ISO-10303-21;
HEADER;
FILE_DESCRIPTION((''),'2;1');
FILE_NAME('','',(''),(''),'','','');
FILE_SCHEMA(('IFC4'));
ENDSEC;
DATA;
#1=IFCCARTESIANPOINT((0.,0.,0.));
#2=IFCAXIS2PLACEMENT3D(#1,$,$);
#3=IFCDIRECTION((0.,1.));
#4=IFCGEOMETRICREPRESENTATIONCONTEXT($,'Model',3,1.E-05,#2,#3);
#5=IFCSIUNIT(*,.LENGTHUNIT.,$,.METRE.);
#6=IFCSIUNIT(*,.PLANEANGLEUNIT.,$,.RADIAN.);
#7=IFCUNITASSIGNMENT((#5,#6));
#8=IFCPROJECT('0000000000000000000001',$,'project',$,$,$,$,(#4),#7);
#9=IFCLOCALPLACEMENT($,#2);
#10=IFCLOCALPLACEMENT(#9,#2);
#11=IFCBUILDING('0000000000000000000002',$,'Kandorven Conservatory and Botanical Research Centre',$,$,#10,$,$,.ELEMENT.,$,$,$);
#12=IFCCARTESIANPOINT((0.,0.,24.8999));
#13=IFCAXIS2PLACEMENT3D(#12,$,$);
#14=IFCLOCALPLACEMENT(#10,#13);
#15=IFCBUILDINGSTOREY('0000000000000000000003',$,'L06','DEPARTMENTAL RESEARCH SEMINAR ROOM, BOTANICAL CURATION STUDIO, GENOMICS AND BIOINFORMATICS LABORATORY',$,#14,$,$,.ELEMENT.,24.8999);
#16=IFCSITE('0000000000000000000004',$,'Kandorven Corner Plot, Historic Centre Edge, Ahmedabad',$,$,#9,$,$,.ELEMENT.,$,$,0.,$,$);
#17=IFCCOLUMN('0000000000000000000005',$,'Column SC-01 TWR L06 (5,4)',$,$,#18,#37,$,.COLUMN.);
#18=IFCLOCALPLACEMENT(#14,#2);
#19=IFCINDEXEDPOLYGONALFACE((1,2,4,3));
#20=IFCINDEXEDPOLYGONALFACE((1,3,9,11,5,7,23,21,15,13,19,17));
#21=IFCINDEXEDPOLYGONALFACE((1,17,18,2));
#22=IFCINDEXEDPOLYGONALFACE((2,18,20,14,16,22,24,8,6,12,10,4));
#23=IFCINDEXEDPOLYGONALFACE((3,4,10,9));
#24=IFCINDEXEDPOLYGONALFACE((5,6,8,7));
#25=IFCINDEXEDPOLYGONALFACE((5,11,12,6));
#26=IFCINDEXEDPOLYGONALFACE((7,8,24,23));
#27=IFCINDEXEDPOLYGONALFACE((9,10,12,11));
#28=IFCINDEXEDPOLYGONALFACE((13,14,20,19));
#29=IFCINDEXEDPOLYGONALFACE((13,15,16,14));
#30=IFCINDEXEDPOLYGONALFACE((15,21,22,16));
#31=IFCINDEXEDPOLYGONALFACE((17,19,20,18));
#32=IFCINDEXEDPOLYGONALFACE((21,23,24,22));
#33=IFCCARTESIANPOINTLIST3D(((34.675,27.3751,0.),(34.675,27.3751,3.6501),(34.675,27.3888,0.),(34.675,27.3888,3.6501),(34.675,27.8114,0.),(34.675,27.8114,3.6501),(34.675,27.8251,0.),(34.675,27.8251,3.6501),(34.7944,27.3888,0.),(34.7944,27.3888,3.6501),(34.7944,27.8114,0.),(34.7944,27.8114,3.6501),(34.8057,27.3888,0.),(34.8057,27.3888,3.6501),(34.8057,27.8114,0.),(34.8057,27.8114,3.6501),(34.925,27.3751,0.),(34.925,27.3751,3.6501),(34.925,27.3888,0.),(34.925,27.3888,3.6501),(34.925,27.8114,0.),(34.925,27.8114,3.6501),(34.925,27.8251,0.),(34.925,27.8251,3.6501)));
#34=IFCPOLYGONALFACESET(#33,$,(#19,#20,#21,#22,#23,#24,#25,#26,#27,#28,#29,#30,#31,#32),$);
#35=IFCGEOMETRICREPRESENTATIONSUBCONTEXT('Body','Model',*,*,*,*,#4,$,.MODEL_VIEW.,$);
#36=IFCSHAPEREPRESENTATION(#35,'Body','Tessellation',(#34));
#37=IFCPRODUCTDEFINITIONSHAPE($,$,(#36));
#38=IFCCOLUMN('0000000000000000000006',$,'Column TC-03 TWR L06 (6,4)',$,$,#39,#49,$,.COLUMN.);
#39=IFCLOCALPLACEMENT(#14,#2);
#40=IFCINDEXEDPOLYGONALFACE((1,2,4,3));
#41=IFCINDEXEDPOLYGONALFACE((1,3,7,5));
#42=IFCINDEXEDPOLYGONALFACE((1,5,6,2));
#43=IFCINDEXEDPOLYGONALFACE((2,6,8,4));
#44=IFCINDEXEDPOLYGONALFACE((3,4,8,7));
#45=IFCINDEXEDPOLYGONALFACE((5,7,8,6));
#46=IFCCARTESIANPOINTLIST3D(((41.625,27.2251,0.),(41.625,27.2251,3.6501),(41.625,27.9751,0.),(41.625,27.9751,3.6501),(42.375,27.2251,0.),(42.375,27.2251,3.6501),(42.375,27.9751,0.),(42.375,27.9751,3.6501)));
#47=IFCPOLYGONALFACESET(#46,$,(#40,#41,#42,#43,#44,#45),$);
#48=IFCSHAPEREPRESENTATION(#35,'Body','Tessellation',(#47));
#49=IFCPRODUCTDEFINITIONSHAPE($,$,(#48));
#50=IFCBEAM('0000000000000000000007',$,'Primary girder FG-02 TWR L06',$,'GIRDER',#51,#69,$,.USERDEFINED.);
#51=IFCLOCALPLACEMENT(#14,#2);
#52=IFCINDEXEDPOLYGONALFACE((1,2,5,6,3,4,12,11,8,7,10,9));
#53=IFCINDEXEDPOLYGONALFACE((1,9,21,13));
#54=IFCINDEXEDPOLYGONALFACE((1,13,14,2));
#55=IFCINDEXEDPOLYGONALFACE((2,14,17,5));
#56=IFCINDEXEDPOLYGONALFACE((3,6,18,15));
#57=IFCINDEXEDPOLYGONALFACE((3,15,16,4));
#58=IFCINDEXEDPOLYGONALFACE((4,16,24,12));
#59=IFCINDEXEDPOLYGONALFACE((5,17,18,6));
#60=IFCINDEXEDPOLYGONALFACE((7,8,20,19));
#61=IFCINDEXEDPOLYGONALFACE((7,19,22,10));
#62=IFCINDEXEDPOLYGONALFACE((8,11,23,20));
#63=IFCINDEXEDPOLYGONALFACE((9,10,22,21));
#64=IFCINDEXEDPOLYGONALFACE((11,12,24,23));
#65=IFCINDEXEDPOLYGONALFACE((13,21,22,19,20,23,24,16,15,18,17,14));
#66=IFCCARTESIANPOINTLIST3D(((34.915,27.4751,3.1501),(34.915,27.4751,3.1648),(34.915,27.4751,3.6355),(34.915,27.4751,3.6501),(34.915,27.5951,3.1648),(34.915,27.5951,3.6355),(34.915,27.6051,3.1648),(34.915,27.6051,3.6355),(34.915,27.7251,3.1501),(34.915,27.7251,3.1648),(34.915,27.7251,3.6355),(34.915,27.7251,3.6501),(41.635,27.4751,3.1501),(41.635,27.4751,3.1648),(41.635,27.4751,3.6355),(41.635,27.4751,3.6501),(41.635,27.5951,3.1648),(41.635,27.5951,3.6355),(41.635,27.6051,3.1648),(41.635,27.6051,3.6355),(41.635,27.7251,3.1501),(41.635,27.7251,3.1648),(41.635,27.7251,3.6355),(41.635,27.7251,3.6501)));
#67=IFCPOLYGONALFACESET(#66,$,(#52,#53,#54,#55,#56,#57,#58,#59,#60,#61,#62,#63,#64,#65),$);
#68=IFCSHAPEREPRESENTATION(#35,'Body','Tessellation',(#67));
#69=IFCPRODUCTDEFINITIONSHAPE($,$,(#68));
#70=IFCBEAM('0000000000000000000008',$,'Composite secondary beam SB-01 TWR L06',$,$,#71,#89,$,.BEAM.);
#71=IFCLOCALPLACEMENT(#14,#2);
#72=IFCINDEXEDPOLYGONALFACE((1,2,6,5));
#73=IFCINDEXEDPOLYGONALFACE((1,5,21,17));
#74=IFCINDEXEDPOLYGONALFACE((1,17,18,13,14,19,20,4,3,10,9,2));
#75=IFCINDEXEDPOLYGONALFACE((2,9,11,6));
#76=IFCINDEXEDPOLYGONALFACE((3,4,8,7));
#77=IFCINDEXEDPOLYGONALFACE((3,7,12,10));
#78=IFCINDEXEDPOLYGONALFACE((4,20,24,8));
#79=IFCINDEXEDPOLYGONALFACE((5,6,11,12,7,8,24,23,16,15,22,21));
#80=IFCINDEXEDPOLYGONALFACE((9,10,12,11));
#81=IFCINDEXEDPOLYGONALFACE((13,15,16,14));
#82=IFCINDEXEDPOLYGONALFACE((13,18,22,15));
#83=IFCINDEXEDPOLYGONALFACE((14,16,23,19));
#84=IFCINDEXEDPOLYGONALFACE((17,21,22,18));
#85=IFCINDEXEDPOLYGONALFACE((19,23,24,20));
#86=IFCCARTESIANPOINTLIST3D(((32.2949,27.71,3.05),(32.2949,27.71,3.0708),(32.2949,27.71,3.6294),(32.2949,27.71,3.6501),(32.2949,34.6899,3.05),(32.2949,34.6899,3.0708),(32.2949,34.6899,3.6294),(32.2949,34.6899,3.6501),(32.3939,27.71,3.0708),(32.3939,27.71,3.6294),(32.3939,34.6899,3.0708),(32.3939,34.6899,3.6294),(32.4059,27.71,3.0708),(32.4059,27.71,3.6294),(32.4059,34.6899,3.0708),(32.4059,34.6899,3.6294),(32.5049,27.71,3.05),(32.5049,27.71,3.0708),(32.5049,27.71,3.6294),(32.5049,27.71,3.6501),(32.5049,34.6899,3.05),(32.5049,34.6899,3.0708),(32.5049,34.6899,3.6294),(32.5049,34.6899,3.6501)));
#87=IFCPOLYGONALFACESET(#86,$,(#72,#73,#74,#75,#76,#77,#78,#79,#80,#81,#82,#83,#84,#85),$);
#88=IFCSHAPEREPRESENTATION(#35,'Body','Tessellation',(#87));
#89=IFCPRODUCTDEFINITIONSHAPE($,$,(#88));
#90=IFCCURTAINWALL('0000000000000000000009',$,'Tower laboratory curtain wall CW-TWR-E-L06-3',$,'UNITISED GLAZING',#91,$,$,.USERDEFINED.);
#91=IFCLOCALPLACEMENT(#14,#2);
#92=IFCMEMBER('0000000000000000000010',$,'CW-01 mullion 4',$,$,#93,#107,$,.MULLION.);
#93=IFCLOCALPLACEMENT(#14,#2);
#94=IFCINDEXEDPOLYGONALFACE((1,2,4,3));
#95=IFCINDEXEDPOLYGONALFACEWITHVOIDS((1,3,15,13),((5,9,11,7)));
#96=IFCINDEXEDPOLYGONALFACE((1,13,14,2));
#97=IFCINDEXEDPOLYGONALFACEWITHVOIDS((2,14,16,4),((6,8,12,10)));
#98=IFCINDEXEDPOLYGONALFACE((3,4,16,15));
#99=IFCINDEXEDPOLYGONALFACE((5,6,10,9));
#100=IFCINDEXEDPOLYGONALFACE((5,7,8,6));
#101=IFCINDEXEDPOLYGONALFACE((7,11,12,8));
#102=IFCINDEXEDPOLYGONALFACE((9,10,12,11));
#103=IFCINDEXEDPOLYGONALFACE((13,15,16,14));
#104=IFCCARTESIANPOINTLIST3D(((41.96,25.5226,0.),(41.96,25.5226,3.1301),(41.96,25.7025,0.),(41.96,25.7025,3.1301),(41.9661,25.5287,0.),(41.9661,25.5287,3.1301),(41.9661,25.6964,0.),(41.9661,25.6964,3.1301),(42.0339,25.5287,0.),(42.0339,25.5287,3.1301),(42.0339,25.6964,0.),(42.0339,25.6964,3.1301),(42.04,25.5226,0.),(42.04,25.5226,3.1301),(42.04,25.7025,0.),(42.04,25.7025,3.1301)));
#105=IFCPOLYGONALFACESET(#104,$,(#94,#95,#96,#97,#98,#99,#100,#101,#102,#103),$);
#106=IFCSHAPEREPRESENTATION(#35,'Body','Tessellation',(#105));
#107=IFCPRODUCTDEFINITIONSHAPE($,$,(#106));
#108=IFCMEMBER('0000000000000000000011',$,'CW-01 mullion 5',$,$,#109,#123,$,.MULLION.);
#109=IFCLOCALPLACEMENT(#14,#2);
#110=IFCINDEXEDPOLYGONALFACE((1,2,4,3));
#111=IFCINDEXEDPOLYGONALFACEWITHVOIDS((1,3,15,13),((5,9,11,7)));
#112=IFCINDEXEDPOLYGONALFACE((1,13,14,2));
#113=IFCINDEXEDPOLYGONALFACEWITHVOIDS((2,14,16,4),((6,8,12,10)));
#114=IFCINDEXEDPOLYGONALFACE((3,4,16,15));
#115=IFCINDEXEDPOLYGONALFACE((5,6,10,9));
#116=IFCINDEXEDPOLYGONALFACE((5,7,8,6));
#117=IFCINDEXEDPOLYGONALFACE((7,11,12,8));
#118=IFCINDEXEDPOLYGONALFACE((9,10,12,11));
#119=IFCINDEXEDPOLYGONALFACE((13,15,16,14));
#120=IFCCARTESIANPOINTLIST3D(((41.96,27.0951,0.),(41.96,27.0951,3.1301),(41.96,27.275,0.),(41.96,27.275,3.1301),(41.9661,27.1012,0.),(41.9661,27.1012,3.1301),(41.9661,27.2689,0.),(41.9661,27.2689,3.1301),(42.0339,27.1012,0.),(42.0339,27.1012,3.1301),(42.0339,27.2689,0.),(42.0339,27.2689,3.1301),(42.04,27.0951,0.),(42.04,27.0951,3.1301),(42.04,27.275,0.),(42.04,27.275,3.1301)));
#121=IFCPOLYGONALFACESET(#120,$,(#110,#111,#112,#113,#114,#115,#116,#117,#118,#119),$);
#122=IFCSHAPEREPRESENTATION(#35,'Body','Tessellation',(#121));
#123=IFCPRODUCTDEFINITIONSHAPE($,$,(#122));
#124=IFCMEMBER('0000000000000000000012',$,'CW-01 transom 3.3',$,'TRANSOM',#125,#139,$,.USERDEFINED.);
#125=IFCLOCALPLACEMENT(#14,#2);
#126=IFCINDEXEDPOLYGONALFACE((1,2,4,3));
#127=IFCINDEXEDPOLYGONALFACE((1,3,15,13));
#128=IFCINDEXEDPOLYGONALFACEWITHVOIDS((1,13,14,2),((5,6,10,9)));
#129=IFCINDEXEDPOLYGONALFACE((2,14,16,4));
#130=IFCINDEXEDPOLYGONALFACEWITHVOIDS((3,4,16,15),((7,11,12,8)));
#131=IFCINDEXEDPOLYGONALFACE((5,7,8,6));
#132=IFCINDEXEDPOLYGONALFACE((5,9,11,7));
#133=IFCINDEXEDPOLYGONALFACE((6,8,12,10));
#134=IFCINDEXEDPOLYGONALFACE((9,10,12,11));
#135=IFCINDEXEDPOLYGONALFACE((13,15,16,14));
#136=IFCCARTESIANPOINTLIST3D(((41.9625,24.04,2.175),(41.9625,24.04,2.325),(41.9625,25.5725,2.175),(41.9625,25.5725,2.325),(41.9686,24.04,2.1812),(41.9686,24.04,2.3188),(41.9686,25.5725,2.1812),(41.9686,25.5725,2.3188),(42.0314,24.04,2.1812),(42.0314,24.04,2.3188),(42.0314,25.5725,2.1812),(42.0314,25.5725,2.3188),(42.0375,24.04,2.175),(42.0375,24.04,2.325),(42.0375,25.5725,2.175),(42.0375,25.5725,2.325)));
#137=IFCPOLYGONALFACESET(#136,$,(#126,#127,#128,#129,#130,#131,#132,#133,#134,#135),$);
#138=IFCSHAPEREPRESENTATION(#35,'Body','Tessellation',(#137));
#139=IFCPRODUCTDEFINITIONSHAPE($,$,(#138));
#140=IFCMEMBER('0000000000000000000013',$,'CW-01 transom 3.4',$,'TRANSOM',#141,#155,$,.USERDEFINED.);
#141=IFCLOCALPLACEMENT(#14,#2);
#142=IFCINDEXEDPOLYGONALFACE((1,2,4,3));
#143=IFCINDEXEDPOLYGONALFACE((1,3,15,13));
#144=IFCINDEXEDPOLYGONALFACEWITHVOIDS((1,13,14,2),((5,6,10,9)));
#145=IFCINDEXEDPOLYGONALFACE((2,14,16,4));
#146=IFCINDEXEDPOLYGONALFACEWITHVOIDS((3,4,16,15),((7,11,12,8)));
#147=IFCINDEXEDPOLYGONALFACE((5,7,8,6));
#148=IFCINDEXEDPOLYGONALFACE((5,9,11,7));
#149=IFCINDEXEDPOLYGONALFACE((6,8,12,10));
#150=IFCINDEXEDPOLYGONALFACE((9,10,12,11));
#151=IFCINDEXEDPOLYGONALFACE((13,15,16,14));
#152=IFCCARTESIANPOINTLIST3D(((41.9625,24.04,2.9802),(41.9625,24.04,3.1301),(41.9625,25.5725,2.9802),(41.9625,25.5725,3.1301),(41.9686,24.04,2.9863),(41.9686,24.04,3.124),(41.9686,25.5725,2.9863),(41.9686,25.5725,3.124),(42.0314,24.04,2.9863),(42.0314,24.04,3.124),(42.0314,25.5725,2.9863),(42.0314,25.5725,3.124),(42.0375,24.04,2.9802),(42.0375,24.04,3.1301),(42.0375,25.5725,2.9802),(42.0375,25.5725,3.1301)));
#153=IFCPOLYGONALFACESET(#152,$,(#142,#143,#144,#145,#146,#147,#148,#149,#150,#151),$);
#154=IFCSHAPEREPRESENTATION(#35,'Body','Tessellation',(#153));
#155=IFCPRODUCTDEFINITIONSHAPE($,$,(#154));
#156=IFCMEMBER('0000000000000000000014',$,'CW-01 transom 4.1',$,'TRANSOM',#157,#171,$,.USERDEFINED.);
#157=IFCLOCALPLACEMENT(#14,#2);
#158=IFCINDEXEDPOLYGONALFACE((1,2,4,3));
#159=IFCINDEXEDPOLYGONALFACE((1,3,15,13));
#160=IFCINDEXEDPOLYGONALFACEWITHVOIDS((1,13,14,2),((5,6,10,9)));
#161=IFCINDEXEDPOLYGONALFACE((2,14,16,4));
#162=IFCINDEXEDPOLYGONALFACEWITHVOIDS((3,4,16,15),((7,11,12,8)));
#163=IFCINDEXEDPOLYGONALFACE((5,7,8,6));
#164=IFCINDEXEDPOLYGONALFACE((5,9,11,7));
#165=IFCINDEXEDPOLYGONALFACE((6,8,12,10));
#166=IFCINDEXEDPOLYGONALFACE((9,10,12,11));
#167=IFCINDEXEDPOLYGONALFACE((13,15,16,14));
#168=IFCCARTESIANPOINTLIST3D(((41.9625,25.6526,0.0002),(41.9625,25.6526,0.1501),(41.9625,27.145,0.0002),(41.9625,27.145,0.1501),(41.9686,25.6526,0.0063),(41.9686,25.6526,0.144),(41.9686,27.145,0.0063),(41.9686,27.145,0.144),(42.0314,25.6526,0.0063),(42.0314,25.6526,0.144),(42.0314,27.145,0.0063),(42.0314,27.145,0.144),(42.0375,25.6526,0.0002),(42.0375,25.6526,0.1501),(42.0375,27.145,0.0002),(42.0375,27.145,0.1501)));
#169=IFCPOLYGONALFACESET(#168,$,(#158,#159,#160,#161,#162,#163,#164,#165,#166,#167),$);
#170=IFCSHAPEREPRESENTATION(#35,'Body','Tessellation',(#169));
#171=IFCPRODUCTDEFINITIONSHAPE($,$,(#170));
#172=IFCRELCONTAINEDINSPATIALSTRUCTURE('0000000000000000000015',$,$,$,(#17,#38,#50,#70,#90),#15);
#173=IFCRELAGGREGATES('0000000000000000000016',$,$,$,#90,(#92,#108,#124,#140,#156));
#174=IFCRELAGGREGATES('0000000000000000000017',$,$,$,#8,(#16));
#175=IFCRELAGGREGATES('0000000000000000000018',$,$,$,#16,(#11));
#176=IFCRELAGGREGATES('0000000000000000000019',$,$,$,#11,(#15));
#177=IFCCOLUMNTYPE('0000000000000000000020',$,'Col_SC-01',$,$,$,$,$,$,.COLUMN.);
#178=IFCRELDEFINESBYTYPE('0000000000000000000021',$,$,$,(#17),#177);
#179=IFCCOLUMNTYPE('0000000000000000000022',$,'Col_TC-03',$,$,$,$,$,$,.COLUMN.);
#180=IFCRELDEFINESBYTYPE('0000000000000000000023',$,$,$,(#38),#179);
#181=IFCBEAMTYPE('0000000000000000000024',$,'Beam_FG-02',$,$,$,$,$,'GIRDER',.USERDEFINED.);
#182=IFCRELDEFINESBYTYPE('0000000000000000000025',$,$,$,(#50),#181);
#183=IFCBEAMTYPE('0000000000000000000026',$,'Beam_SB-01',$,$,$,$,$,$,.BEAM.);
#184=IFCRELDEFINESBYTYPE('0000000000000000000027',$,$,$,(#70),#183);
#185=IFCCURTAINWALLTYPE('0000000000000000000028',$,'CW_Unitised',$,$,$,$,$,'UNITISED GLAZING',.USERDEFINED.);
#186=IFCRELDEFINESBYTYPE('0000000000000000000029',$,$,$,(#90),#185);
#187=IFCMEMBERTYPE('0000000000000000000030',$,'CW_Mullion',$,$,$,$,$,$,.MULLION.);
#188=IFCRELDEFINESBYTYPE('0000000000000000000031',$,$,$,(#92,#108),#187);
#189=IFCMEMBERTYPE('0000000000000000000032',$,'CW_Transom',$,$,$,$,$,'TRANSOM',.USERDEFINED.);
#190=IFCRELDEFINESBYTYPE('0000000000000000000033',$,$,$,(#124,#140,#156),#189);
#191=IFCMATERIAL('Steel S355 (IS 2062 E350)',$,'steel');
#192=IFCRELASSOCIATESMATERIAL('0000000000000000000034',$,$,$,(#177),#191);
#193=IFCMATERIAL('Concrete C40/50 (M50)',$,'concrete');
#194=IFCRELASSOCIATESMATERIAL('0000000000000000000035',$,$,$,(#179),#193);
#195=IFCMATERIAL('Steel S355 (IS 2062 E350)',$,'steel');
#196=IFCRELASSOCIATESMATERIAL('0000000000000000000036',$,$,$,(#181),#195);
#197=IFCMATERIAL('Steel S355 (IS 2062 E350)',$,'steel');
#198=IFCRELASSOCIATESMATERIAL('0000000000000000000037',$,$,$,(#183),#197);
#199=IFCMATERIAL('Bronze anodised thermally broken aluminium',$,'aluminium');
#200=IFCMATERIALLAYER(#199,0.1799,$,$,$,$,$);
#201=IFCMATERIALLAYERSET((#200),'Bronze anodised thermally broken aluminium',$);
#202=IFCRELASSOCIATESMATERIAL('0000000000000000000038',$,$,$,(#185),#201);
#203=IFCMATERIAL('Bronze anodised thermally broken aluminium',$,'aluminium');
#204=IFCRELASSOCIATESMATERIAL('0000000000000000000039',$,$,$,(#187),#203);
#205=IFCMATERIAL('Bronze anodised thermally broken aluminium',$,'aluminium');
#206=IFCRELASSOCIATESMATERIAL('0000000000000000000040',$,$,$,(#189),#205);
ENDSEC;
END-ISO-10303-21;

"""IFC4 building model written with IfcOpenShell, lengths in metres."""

from ifc_helpers import new_model, si_unit, direction, frame, origin, origin_2d, place, context, subcontext, project, spatial, rectangle, hollow_rectangle, i_section, extrude, material, layer, layer_set, material_profile, profile_set, type_object, element, aggregate, save


model = new_model("IFC4")

# Units and contexts
model_context = context("Model", 3, precision=1e-05, world=origin(), true_north=direction((0.0, 1.0)))
body_context = subcontext(model_context, "Body", "Model", "MODEL_VIEW")
ifc_project = project(units=[si_unit("LENGTHUNIT", "METRE"), si_unit("PLANEANGLEUNIT", "RADIAN")], contexts=[model_context])

# Site, building, storey
site_placement = place(None, origin())
site = spatial("IfcSite", under=ifc_project, at=site_placement, Name="Kandorven Corner Plot, Historic Centre Edge, Ahmedabad", CompositionType="ELEMENT", RefElevation=0.0)
building_placement = place(site_placement, origin())
building = spatial("IfcBuilding", under=site, at=building_placement, Name="Kandorven Conservatory and Botanical Research Centre", CompositionType="ELEMENT")
storey_placement = place(building_placement, frame((0.0, 0.0, 24.8999)))
storey = spatial("IfcBuildingStorey", under=building, at=storey_placement, Name="L06", Description="DEPARTMENTAL RESEARCH SEMINAR ROOM, BOTANICAL CURATION STUDIO, GENOMICS AND BIOINFORMATICS LABORATORY", CompositionType="ELEMENT", Elevation=24.8999)

# Columns
ifc_material_1 = material(Name="Steel S355 (IS 2062 E350)", Category="steel")
ifc_material_profile_1 = material_profile(ifc_material_1, i_section(OverallWidth=0.25, OverallDepth=0.45, WebThickness=0.0112, FlangeThickness=0.0137, at=origin_2d()))
ifc_profile_set_1 = profile_set([ifc_material_profile_1], Name="Steel S355 (IS 2062 E350)")
column_type_1 = type_object("IfcColumnType", Name="Col_SC-01", PredefinedType="COLUMN", material=ifc_profile_set_1)
column_1_placement = place(storey_placement, frame((34.8, 27.6001, 0.0), z_axis=(0.0, 0.0, 1.0), x_axis=(1.0, 0.0, 0.0)))
element("IfcColumn", 1, at=column_1_placement, inside=storey, type_object=column_type_1, Name="Column SC-01 TWR L06 (5,4)", PredefinedType="COLUMN", context=body_context, shape_type="SweptSolid", body=[
    extrude(i_section(OverallWidth=0.25, OverallDepth=0.45, WebThickness=0.0112, FlangeThickness=0.0137, at=origin_2d()), origin(), (0.0, 0.0, 1.0), 3.6501),
])
ifc_material_2 = material(Name="Concrete C40/50 (M50)", Category="concrete")
ifc_material_profile_2 = material_profile(ifc_material_2, rectangle(XDim=0.75, YDim=0.75, at=origin_2d()))
ifc_profile_set_2 = profile_set([ifc_material_profile_2], Name="Concrete C40/50 (M50)")
column_type_2 = type_object("IfcColumnType", Name="Col_TC-03", PredefinedType="COLUMN", material=ifc_profile_set_2)
column_2_placement = place(storey_placement, frame((42.0, 27.6001, 0.0), z_axis=(0.0, 0.0, 1.0), x_axis=(1.0, 0.0, 0.0)))
element("IfcColumn", 2, at=column_2_placement, inside=storey, type_object=column_type_2, Name="Column TC-03 TWR L06 (6,4)", PredefinedType="COLUMN", context=body_context, shape_type="SweptSolid", body=[
    extrude(rectangle(XDim=0.75, YDim=0.75, at=origin_2d()), origin(), (0.0, 0.0, 1.0), 3.6501),
])

# Beams
ifc_material_3 = material(Name="Steel S355 (IS 2062 E350)", Category="steel")
ifc_material_profile_3 = material_profile(ifc_material_3, i_section(OverallWidth=0.25, OverallDepth=0.5, WebThickness=0.01, FlangeThickness=0.0146, at=origin_2d()))
ifc_profile_set_3 = profile_set([ifc_material_profile_3], Name="Steel S355 (IS 2062 E350)")
beam_type_1 = type_object("IfcBeamType", Name="Beam_FG-02", ElementType="GIRDER", PredefinedType="USERDEFINED", material=ifc_profile_set_3)
beam_1_placement = place(storey_placement, frame((34.915, 27.6001, 3.4001), z_axis=(1.0, 0.0, 0.0), x_axis=(0.0, 1.0, 0.0)))
element("IfcBeam", 3, at=beam_1_placement, inside=storey, type_object=beam_type_1, Name="Primary girder FG-02 TWR L06", ObjectType="GIRDER", PredefinedType="USERDEFINED", context=body_context, shape_type="SweptSolid", body=[
    extrude(i_section(OverallWidth=0.25, OverallDepth=0.5, WebThickness=0.01, FlangeThickness=0.0146, at=origin_2d()), origin(), (0.0, 0.0, 1.0), 6.72),
])
ifc_material_4 = material(Name="Steel S355 (IS 2062 E350)", Category="steel")
ifc_material_profile_4 = material_profile(ifc_material_4, i_section(OverallWidth=0.21, OverallDepth=0.6001, WebThickness=0.012, FlangeThickness=0.0208, at=origin_2d()))
ifc_profile_set_4 = profile_set([ifc_material_profile_4], Name="Steel S355 (IS 2062 E350)")
beam_type_2 = type_object("IfcBeamType", Name="Beam_SB-01", PredefinedType="BEAM", material=ifc_profile_set_4)
beam_2_placement = place(storey_placement, frame((32.3999, 27.71, 3.3501), z_axis=(0.0, 1.0, 0.0), x_axis=(-1.0, 0.0, 0.0)))
element("IfcBeam", 4, at=beam_2_placement, inside=storey, type_object=beam_type_2, Name="Composite secondary beam SB-01 TWR L06", PredefinedType="BEAM", context=body_context, shape_type="SweptSolid", body=[
    extrude(i_section(OverallWidth=0.21, OverallDepth=0.6001, WebThickness=0.012, FlangeThickness=0.0208, at=origin_2d()), origin(), (0.0, 0.0, 1.0), 6.98),
])

# Curtain wall, members
ifc_material_5 = material(Name="Bronze anodised thermally broken aluminium", Category="aluminium")
ifc_layer_1 = layer(ifc_material_5, 0.1799)
ifc_layer_set_1 = layer_set([ifc_layer_1], Name="Bronze anodised thermally broken aluminium")
curtain_wall_type = type_object("IfcCurtainWallType", Name="CW_Unitised", ElementType="UNITISED GLAZING", PredefinedType="USERDEFINED", material=ifc_layer_set_1)
curtain_wall_placement = place(storey_placement, origin())
curtain_wall = element("IfcCurtainWall", 5, at=curtain_wall_placement, inside=storey, type_object=curtain_wall_type, Name="Tower laboratory curtain wall CW-TWR-E-L06-3", ObjectType="UNITISED GLAZING", PredefinedType="USERDEFINED")
ifc_material_6 = material(Name="Bronze anodised thermally broken aluminium", Category="aluminium")
ifc_material_profile_5 = material_profile(ifc_material_6, hollow_rectangle(XDim=0.0801, YDim=0.1799, WallThickness=0.0061, at=origin_2d()))
ifc_profile_set_5 = profile_set([ifc_material_profile_5], Name="Bronze anodised thermally broken aluminium")
member_type_1 = type_object("IfcMemberType", Name="CW_Mullion", PredefinedType="MULLION", material=ifc_profile_set_5)
member_1_placement = place(storey_placement, frame((42.0, 25.6125, 0.0), z_axis=(0.0, 0.0, 1.0), x_axis=(-1.0, 0.0, 0.0)))
member_1 = element("IfcMember", 6, at=member_1_placement, type_object=member_type_1, Name="CW-01 mullion 4", PredefinedType="MULLION", context=body_context, shape_type="SweptSolid", body=[
    extrude(hollow_rectangle(XDim=0.0801, YDim=0.1799, WallThickness=0.0061, at=origin_2d()), origin(), (0.0, 0.0, 1.0), 3.1301),
])
member_2_placement = place(storey_placement, frame((42.0, 27.1851, 0.0), z_axis=(0.0, 0.0, 1.0), x_axis=(-1.0, 0.0, 0.0)))
member_2 = element("IfcMember", 7, at=member_2_placement, type_object=member_type_1, Name="CW-01 mullion 5", PredefinedType="MULLION", context=body_context, shape_type="SweptSolid", body=[
    extrude(hollow_rectangle(XDim=0.0801, YDim=0.1799, WallThickness=0.0061, at=origin_2d()), origin(), (0.0, 0.0, 1.0), 3.1301),
])
ifc_material_7 = material(Name="Bronze anodised thermally broken aluminium", Category="aluminium")
ifc_material_profile_6 = material_profile(ifc_material_7, hollow_rectangle(XDim=0.075, YDim=0.1499, WallThickness=0.0061, at=origin_2d()))
ifc_profile_set_6 = profile_set([ifc_material_profile_6], Name="Bronze anodised thermally broken aluminium")
member_type_2 = type_object("IfcMemberType", Name="CW_Transom", ElementType="TRANSOM", PredefinedType="USERDEFINED", material=ifc_profile_set_6)
member_3_placement = place(storey_placement, frame((42.0, 24.04, 2.25), z_axis=(0.0, 1.0, 0.0), x_axis=(-1.0, 0.0, 0.0)))
member_3 = element("IfcMember", 8, at=member_3_placement, type_object=member_type_2, Name="CW-01 transom 3.3", ObjectType="TRANSOM", PredefinedType="USERDEFINED", context=body_context, shape_type="SweptSolid", body=[
    extrude(hollow_rectangle(XDim=0.075, YDim=0.1499, WallThickness=0.0061, at=origin_2d()), origin(), (0.0, 0.0, 1.0), 1.5325),
])
member_4_placement = place(storey_placement, frame((42.0, 24.04, 3.0552), z_axis=(0.0, 1.0, 0.0), x_axis=(-1.0, 0.0, 0.0)))
member_4 = element("IfcMember", 9, at=member_4_placement, type_object=member_type_2, Name="CW-01 transom 3.4", ObjectType="TRANSOM", PredefinedType="USERDEFINED", context=body_context, shape_type="SweptSolid", body=[
    extrude(hollow_rectangle(XDim=0.075, YDim=0.1499, WallThickness=0.0061, at=origin_2d()), origin(), (0.0, 0.0, 1.0), 1.5325),
])
member_5_placement = place(storey_placement, frame((42.0, 25.6526, 0.0752), z_axis=(0.0, 1.0, 0.0), x_axis=(-1.0, 0.0, 0.0)))
member_5 = element("IfcMember", 10, at=member_5_placement, type_object=member_type_2, Name="CW-01 transom 4.1", ObjectType="TRANSOM", PredefinedType="USERDEFINED", context=body_context, shape_type="SweptSolid", body=[
    extrude(hollow_rectangle(XDim=0.075, YDim=0.1499, WallThickness=0.0061, at=origin_2d()), origin(), (0.0, 0.0, 1.0), 1.4924),
])
aggregate(curtain_wall, [member_1, member_2, member_3, member_4, member_5])

save(model, "model.ifc")
